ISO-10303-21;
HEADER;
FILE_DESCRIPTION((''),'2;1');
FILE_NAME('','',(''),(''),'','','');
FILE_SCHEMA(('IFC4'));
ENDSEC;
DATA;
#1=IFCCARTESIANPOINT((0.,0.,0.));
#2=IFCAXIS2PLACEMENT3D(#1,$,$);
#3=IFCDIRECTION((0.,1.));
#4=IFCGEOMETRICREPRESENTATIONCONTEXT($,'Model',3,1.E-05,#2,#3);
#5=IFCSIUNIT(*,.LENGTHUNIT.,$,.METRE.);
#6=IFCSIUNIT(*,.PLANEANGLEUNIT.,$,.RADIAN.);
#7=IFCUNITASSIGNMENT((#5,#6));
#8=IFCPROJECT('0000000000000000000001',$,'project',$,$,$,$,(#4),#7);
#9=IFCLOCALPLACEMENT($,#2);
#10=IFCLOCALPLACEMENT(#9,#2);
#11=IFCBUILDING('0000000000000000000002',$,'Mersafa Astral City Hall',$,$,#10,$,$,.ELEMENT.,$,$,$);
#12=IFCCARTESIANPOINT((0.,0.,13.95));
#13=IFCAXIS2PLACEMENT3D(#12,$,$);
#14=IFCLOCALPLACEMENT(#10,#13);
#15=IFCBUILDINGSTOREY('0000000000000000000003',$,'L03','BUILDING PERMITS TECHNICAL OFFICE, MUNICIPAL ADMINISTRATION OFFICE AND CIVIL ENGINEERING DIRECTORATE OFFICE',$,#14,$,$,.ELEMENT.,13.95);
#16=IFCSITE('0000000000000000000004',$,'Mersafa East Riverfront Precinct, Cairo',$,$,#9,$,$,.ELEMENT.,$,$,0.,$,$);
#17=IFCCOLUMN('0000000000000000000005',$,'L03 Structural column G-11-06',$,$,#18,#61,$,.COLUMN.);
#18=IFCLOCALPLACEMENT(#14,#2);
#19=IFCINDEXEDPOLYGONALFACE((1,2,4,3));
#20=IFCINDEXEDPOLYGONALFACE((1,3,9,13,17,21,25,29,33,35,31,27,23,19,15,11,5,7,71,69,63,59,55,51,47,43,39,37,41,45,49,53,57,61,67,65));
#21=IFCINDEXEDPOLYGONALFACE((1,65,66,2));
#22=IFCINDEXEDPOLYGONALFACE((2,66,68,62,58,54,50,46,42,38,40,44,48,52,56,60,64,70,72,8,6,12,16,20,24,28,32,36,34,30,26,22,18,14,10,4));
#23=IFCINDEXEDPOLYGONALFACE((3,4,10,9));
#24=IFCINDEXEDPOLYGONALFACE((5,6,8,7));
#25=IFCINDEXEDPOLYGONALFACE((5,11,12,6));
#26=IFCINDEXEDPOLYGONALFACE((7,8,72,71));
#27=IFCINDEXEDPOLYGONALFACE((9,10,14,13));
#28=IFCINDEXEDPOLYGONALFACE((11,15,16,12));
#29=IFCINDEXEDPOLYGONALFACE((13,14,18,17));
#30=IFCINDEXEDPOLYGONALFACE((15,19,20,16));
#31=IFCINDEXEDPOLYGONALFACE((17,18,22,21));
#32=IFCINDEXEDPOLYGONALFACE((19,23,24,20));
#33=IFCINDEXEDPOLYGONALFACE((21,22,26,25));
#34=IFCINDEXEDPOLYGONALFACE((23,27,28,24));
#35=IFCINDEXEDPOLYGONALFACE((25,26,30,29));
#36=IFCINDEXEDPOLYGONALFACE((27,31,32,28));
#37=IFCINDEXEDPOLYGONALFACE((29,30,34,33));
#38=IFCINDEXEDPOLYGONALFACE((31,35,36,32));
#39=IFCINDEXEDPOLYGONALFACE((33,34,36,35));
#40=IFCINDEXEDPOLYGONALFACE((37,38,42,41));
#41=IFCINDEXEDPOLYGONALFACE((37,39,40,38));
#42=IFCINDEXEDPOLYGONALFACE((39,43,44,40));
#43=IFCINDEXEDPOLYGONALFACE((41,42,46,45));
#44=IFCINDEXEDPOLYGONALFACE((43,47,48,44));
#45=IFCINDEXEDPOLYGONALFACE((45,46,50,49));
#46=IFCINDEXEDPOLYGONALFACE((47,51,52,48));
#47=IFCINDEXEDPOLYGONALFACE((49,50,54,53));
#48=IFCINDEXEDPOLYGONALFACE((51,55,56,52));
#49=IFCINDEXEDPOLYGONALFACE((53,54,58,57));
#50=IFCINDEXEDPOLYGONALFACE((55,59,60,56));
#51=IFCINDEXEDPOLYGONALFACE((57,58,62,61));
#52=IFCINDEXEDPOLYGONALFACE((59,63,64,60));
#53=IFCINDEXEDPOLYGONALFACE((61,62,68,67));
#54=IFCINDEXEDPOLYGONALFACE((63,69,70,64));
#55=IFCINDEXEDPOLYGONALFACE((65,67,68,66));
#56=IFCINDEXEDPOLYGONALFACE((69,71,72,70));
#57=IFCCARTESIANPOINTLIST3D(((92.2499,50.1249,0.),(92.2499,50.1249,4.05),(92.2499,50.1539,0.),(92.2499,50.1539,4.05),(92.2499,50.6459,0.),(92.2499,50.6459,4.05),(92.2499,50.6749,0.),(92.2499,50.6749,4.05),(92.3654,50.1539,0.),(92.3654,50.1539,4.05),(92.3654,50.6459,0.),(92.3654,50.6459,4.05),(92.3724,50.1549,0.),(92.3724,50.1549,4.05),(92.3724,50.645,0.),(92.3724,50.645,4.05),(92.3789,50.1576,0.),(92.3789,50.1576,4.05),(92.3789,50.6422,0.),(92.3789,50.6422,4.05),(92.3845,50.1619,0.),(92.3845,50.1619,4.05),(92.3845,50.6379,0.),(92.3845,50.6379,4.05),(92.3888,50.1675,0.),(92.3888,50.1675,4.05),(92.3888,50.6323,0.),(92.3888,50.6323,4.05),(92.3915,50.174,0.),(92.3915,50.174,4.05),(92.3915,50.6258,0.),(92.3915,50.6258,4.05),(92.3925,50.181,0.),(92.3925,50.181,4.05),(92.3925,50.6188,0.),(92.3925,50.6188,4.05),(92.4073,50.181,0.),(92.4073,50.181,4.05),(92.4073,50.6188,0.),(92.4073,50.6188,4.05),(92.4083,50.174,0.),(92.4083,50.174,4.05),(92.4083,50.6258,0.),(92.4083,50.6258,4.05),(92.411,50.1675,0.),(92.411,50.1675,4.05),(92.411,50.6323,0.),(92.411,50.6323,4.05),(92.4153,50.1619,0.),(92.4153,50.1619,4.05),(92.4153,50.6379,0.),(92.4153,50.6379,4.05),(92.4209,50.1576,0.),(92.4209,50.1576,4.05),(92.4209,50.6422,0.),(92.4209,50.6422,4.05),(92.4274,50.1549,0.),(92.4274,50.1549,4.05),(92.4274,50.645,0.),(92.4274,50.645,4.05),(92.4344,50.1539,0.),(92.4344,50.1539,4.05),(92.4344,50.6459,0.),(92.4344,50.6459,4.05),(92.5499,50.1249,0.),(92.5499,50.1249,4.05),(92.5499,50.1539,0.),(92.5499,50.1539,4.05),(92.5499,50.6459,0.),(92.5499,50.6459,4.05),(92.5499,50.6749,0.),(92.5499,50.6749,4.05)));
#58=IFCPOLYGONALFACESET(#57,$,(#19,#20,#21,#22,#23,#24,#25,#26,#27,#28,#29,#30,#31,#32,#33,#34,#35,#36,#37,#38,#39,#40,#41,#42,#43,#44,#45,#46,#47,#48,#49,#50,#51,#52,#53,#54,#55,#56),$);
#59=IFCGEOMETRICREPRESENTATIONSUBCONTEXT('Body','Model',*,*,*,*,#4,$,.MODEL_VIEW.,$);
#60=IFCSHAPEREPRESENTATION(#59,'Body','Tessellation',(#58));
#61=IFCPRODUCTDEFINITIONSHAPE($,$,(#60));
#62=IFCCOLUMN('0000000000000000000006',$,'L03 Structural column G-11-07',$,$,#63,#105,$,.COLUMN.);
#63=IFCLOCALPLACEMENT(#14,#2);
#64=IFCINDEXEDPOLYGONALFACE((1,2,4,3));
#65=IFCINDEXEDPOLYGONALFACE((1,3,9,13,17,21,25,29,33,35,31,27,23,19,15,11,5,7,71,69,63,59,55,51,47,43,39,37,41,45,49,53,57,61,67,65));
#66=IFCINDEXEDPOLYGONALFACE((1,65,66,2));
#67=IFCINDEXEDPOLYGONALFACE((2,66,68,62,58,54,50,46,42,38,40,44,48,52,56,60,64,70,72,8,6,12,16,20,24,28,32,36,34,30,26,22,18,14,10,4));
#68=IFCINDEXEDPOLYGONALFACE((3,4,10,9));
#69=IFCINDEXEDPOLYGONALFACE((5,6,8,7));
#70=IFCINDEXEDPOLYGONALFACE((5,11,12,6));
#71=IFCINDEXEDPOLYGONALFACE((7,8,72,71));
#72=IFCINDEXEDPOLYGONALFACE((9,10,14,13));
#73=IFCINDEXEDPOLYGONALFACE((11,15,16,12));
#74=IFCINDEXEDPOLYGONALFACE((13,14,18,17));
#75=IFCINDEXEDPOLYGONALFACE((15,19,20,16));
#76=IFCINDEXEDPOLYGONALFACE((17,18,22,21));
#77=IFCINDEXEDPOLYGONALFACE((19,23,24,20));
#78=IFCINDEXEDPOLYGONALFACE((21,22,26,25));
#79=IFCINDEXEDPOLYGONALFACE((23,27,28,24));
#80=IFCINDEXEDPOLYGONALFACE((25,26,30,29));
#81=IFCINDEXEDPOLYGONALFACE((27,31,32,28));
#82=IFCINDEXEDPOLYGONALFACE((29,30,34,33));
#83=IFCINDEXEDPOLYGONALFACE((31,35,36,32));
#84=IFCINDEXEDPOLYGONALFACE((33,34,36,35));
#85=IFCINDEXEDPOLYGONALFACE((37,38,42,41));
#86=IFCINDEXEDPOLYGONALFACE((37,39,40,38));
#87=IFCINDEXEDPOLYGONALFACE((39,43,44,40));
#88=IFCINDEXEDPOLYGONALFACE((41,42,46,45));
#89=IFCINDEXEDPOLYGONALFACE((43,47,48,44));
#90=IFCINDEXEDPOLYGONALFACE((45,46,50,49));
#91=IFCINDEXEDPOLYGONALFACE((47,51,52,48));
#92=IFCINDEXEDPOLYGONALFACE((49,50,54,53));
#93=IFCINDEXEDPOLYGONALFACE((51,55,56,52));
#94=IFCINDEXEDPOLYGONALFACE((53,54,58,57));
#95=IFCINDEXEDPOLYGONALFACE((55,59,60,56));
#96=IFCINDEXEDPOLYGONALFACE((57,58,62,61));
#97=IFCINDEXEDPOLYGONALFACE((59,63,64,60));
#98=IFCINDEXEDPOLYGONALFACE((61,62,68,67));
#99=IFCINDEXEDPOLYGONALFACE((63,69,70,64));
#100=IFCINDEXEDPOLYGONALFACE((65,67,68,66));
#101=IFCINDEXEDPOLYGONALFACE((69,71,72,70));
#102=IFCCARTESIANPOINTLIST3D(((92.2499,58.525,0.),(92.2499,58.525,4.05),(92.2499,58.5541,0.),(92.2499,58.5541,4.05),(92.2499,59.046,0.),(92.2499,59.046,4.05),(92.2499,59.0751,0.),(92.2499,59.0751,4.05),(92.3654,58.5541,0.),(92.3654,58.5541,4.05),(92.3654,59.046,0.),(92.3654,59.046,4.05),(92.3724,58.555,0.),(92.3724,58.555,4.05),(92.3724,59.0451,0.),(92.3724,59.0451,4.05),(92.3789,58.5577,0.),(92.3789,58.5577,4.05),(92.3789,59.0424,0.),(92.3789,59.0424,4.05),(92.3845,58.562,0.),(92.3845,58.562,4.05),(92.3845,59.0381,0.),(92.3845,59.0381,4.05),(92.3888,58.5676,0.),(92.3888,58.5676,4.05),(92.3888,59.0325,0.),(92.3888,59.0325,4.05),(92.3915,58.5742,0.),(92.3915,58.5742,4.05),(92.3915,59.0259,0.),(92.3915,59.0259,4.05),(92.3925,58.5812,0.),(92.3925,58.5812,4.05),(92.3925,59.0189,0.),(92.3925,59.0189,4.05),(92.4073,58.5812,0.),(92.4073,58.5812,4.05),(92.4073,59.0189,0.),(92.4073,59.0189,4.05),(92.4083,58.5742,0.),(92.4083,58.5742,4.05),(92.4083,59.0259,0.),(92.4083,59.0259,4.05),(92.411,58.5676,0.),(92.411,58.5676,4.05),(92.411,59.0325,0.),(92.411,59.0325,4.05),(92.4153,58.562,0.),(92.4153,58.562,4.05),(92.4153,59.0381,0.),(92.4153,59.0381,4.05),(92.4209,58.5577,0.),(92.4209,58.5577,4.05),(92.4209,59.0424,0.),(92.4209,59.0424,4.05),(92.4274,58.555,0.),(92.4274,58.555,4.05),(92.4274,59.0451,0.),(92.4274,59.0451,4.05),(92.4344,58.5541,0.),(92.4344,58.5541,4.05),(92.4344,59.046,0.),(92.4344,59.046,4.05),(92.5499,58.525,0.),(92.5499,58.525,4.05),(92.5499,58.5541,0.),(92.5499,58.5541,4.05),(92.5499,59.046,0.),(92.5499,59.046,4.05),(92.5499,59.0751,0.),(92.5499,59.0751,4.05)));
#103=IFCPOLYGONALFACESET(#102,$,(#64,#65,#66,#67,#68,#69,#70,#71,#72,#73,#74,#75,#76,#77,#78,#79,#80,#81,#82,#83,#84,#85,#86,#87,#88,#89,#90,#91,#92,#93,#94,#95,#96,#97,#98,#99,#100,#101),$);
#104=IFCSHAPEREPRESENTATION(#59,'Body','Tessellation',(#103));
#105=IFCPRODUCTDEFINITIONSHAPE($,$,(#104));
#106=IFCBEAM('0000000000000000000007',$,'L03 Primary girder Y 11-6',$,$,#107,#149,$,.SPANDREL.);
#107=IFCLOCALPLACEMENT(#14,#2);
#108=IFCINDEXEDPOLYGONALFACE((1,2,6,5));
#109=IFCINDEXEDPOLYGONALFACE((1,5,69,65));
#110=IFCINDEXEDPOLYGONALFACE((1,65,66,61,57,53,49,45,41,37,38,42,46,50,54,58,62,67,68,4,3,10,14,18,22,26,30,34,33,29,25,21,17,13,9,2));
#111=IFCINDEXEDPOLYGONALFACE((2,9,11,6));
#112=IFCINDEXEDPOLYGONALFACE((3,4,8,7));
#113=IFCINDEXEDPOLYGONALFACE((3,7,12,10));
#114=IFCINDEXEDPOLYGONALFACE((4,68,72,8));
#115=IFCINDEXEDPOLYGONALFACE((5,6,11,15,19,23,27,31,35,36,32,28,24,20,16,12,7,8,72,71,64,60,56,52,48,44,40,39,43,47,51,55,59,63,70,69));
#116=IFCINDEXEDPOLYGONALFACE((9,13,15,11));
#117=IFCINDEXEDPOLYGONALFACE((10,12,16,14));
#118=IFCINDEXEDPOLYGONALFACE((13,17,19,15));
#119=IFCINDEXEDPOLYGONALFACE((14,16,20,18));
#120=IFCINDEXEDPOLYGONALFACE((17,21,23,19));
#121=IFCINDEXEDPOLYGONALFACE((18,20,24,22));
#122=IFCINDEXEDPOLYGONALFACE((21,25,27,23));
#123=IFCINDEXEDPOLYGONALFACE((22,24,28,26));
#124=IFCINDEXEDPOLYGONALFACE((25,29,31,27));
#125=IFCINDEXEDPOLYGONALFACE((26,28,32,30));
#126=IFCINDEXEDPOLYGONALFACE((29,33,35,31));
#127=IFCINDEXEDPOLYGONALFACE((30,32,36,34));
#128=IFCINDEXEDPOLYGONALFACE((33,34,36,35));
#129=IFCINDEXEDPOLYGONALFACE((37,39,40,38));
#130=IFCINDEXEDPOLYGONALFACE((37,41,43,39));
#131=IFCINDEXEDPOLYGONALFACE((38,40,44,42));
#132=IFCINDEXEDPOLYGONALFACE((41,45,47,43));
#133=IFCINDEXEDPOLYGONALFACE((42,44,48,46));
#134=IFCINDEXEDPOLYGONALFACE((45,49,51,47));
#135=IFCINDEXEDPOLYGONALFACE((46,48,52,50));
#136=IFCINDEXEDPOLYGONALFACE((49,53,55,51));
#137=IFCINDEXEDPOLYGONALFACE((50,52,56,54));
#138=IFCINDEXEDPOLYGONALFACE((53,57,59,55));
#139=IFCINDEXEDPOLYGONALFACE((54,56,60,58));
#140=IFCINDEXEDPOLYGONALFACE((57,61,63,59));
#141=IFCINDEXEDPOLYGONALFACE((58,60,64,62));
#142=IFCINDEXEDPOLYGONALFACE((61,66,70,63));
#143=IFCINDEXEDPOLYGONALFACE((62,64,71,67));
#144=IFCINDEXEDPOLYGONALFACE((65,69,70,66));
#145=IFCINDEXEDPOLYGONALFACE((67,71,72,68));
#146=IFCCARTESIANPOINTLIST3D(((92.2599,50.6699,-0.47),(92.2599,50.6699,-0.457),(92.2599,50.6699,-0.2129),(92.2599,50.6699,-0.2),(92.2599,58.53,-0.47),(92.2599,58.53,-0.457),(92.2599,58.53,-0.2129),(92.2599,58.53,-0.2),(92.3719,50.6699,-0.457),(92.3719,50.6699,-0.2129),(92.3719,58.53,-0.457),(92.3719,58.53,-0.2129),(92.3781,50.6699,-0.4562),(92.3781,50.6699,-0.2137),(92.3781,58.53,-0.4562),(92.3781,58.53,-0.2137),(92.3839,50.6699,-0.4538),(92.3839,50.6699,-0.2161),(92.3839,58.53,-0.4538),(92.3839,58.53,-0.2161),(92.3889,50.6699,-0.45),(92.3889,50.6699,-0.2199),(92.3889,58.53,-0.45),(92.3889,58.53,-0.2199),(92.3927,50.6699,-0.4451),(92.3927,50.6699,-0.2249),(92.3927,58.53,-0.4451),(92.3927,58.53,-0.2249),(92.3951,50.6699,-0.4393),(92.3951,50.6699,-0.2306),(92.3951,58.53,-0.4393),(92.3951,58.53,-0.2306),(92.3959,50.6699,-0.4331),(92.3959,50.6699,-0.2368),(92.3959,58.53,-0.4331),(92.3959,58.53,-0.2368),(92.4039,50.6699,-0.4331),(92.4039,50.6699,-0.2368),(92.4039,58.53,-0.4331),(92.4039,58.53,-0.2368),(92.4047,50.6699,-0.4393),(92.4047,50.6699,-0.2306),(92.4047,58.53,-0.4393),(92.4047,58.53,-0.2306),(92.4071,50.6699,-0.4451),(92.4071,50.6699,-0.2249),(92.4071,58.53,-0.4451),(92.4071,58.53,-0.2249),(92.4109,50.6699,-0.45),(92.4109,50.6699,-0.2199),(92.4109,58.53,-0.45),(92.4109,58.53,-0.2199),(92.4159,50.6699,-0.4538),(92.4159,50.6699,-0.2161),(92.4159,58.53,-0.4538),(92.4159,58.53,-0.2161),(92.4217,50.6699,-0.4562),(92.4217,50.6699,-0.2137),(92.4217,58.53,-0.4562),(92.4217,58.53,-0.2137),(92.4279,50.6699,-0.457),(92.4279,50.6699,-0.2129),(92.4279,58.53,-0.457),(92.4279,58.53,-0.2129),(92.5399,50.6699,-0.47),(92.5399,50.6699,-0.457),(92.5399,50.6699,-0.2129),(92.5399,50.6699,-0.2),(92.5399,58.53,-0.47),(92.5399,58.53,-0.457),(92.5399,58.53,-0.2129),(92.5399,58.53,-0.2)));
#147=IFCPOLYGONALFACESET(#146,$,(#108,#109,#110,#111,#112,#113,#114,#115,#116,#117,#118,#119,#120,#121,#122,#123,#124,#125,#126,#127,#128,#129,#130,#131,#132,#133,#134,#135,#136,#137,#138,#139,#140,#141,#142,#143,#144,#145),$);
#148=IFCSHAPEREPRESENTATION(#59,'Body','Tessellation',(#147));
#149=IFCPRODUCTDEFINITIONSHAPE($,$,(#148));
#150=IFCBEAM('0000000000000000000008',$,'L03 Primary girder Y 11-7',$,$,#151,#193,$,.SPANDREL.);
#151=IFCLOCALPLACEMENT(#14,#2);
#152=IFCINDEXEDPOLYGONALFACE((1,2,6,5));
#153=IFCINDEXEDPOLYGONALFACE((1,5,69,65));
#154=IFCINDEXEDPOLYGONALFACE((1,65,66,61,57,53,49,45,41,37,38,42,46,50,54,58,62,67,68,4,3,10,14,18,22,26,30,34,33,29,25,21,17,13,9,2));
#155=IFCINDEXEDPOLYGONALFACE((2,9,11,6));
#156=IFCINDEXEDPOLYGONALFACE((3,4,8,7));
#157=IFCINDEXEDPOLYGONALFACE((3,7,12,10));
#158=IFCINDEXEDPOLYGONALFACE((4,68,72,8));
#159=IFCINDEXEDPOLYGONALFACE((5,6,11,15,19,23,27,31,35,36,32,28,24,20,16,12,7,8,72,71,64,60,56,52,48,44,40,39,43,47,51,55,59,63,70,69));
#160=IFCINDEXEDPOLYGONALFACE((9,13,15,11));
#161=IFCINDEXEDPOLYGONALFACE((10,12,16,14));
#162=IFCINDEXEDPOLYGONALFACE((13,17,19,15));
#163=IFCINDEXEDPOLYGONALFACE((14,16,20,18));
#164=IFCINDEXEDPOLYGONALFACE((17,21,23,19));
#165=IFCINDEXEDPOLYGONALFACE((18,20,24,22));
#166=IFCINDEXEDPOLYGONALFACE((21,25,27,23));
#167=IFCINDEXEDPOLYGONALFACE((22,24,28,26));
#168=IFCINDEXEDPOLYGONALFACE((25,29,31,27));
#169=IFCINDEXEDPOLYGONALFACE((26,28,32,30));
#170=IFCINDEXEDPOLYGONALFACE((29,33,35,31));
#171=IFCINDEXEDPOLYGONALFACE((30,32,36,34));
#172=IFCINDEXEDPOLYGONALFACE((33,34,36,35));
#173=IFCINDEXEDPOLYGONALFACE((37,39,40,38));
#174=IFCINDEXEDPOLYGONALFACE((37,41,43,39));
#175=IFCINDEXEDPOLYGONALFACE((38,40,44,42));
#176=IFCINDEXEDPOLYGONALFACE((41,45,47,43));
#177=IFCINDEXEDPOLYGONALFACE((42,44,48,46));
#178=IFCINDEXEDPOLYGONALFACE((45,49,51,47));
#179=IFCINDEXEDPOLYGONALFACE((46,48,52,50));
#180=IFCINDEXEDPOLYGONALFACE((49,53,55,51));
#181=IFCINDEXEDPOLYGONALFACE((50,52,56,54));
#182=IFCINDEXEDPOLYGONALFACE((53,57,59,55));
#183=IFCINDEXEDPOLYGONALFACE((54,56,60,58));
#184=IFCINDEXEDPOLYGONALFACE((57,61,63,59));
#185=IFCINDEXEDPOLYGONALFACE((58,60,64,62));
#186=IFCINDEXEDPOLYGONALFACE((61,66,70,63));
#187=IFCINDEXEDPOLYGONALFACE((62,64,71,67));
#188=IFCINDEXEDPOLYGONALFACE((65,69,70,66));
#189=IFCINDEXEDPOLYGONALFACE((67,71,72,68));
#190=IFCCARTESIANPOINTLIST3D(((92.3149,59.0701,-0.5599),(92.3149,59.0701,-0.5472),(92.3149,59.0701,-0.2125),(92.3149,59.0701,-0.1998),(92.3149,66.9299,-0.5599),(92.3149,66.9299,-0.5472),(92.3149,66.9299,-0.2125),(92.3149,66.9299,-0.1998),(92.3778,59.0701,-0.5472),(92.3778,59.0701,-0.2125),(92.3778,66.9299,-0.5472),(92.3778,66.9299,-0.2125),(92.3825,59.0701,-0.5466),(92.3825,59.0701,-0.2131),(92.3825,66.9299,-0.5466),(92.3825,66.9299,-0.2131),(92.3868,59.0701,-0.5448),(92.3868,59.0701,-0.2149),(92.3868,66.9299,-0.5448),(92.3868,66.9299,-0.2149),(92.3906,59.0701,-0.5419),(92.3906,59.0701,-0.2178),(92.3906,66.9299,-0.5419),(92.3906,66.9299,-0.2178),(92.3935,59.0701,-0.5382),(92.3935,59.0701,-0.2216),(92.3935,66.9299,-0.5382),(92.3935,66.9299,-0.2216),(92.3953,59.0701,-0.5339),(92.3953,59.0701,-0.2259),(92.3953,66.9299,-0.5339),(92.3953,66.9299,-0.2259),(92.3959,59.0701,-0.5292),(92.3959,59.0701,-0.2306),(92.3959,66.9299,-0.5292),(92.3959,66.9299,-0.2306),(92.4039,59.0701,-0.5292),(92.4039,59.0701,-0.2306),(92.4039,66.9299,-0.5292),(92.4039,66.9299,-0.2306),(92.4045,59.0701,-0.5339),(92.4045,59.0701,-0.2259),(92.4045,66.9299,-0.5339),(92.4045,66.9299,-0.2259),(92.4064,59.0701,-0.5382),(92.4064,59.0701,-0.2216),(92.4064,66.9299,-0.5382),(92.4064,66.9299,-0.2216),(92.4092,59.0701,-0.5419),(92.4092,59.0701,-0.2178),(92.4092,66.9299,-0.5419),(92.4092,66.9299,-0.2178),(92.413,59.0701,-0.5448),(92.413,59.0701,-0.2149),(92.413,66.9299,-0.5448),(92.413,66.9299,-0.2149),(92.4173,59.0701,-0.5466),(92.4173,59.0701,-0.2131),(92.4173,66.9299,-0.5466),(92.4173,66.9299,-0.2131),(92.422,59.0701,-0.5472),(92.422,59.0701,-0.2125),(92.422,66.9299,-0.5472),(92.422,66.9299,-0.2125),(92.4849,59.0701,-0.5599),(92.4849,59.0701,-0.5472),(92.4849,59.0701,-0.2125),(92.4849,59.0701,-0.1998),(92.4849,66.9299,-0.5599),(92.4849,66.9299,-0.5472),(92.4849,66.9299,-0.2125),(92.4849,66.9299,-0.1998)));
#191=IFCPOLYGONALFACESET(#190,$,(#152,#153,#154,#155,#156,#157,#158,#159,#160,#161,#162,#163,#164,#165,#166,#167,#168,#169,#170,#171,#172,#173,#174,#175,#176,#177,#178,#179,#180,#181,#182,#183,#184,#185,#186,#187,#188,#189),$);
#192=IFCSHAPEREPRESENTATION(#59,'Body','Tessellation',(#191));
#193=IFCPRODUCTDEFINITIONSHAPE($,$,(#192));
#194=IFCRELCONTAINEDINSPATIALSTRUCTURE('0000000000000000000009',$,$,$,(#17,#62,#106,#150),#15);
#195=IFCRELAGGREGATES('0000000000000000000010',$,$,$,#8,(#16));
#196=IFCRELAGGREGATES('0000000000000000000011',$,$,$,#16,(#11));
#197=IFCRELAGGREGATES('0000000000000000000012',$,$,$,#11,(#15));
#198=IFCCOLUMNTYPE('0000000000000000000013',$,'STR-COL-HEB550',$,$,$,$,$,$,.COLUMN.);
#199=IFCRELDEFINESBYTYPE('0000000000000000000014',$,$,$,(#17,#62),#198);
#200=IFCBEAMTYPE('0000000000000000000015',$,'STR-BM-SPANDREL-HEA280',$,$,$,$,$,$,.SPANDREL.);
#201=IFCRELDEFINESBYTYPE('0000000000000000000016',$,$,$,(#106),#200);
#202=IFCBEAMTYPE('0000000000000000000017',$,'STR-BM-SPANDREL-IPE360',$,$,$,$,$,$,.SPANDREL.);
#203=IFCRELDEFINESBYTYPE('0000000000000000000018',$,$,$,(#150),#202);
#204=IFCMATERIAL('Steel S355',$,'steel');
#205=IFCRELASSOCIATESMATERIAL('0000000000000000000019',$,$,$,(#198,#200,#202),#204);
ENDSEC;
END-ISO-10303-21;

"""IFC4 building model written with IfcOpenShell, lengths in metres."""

from ifc_helpers import new_model, si_unit, direction, frame, origin, origin_2d, place, context, subcontext, project, spatial, i_section, extrude, material, material_profile, profile_set, type_object, element, save


model = new_model("IFC4")

# Units and contexts
model_context = context("Model", 3, precision=1e-05, world=origin(), true_north=direction((0.0, 1.0)))
body_context = subcontext(model_context, "Body", "Model", "MODEL_VIEW")
ifc_project = project(units=[si_unit("LENGTHUNIT", "METRE"), si_unit("PLANEANGLEUNIT", "RADIAN")], contexts=[model_context])

# Site, building, storey
site_placement = place(None, origin())
site = spatial("IfcSite", under=ifc_project, at=site_placement, Name="Mersafa East Riverfront Precinct, Cairo", CompositionType="ELEMENT", RefElevation=0.0)
building_placement = place(site_placement, origin())
building = spatial("IfcBuilding", under=site, at=building_placement, Name="Mersafa Astral City Hall", CompositionType="ELEMENT")
storey_placement = place(building_placement, frame((0.0, 0.0, 13.95)))
storey = spatial("IfcBuildingStorey", under=building, at=storey_placement, Name="L03", Description="BUILDING PERMITS TECHNICAL OFFICE, MUNICIPAL ADMINISTRATION OFFICE AND CIVIL ENGINEERING DIRECTORATE OFFICE", CompositionType="ELEMENT", Elevation=13.95)

# Columns
ifc_material_1 = material(Name="Steel S355", Category="steel")
ifc_material_profile_1 = material_profile(ifc_material_1, i_section(OverallWidth=0.3, OverallDepth=0.55, WebThickness=0.0149, FlangeThickness=0.0291, FilletRadius=0.0271, at=origin_2d()), Name="HEB 550")
ifc_profile_set_1 = profile_set([ifc_material_profile_1], Name="Steel S355")
column_type = type_object("IfcColumnType", Name="STR-COL-HEB550", PredefinedType="COLUMN", material=ifc_profile_set_1)
for number, where, z_axis, x_axis, name in (
    (1, (92.3999, 50.3999, 0.0), (0.0, 0.0, 1.0), (1.0, 0.0, 0.0), "L03 Structural column G-11-06"),
    (2, (92.3999, 58.8, 0.0), (0.0, 0.0, 1.0), (1.0, 0.0, 0.0), "L03 Structural column G-11-07"),
):
    element("IfcColumn", number, at=place(storey_placement, frame(where, z_axis=z_axis, x_axis=x_axis)), inside=storey, type_object=column_type, Name=name, PredefinedType="COLUMN", context=body_context, shape_type="SweptSolid", body=[
        extrude(i_section(OverallWidth=0.3, OverallDepth=0.55, WebThickness=0.0149, FlangeThickness=0.0291, FilletRadius=0.0271, at=origin_2d()), origin(), (0.0, 0.0, 1.0), 4.05),
    ])

# Beams
ifc_material_profile_2 = material_profile(ifc_material_1, i_section(OverallWidth=0.28, OverallDepth=0.27, WebThickness=0.0081, FlangeThickness=0.0129, FilletRadius=0.0239, at=origin_2d()), Name="HEA 280")
ifc_profile_set_2 = profile_set([ifc_material_profile_2], Name="Steel S355")
beam_type_1 = type_object("IfcBeamType", Name="STR-BM-SPANDREL-HEA280", PredefinedType="SPANDREL", material=ifc_profile_set_2)
beam_1_placement = place(storey_placement, frame((92.3999, 50.6699, -0.335), z_axis=(0.0, 1.0, 0.0), x_axis=(-1.0, 0.0, 0.0)))
element("IfcBeam", 3, at=beam_1_placement, inside=storey, type_object=beam_type_1, Name="L03 Primary girder Y 11-6", PredefinedType="SPANDREL", context=body_context, shape_type="SweptSolid", body=[
    extrude(i_section(OverallWidth=0.28, OverallDepth=0.27, WebThickness=0.0081, FlangeThickness=0.0129, FilletRadius=0.0239, at=origin_2d()), origin(), (0.0, 0.0, 1.0), 7.8601),
])
ifc_material_profile_3 = material_profile(ifc_material_1, i_section(OverallWidth=0.1699, OverallDepth=0.3601, WebThickness=0.0081, FlangeThickness=0.0127, FilletRadius=0.0181, at=origin_2d()), Name="IPE 360")
ifc_profile_set_3 = profile_set([ifc_material_profile_3], Name="Steel S355")
beam_type_2 = type_object("IfcBeamType", Name="STR-BM-SPANDREL-IPE360", PredefinedType="SPANDREL", material=ifc_profile_set_3)
beam_2_placement = place(storey_placement, frame((92.3999, 59.0701, -0.3799), z_axis=(0.0, 1.0, 0.0), x_axis=(-1.0, 0.0, 0.0)))
element("IfcBeam", 4, at=beam_2_placement, inside=storey, type_object=beam_type_2, Name="L03 Primary girder Y 11-7", PredefinedType="SPANDREL", context=body_context, shape_type="SweptSolid", body=[
    extrude(i_section(OverallWidth=0.1699, OverallDepth=0.3601, WebThickness=0.0081, FlangeThickness=0.0127, FilletRadius=0.0181, at=origin_2d()), origin(), (0.0, 0.0, 1.0), 7.8599),
])

save(model, "model.ifc")
